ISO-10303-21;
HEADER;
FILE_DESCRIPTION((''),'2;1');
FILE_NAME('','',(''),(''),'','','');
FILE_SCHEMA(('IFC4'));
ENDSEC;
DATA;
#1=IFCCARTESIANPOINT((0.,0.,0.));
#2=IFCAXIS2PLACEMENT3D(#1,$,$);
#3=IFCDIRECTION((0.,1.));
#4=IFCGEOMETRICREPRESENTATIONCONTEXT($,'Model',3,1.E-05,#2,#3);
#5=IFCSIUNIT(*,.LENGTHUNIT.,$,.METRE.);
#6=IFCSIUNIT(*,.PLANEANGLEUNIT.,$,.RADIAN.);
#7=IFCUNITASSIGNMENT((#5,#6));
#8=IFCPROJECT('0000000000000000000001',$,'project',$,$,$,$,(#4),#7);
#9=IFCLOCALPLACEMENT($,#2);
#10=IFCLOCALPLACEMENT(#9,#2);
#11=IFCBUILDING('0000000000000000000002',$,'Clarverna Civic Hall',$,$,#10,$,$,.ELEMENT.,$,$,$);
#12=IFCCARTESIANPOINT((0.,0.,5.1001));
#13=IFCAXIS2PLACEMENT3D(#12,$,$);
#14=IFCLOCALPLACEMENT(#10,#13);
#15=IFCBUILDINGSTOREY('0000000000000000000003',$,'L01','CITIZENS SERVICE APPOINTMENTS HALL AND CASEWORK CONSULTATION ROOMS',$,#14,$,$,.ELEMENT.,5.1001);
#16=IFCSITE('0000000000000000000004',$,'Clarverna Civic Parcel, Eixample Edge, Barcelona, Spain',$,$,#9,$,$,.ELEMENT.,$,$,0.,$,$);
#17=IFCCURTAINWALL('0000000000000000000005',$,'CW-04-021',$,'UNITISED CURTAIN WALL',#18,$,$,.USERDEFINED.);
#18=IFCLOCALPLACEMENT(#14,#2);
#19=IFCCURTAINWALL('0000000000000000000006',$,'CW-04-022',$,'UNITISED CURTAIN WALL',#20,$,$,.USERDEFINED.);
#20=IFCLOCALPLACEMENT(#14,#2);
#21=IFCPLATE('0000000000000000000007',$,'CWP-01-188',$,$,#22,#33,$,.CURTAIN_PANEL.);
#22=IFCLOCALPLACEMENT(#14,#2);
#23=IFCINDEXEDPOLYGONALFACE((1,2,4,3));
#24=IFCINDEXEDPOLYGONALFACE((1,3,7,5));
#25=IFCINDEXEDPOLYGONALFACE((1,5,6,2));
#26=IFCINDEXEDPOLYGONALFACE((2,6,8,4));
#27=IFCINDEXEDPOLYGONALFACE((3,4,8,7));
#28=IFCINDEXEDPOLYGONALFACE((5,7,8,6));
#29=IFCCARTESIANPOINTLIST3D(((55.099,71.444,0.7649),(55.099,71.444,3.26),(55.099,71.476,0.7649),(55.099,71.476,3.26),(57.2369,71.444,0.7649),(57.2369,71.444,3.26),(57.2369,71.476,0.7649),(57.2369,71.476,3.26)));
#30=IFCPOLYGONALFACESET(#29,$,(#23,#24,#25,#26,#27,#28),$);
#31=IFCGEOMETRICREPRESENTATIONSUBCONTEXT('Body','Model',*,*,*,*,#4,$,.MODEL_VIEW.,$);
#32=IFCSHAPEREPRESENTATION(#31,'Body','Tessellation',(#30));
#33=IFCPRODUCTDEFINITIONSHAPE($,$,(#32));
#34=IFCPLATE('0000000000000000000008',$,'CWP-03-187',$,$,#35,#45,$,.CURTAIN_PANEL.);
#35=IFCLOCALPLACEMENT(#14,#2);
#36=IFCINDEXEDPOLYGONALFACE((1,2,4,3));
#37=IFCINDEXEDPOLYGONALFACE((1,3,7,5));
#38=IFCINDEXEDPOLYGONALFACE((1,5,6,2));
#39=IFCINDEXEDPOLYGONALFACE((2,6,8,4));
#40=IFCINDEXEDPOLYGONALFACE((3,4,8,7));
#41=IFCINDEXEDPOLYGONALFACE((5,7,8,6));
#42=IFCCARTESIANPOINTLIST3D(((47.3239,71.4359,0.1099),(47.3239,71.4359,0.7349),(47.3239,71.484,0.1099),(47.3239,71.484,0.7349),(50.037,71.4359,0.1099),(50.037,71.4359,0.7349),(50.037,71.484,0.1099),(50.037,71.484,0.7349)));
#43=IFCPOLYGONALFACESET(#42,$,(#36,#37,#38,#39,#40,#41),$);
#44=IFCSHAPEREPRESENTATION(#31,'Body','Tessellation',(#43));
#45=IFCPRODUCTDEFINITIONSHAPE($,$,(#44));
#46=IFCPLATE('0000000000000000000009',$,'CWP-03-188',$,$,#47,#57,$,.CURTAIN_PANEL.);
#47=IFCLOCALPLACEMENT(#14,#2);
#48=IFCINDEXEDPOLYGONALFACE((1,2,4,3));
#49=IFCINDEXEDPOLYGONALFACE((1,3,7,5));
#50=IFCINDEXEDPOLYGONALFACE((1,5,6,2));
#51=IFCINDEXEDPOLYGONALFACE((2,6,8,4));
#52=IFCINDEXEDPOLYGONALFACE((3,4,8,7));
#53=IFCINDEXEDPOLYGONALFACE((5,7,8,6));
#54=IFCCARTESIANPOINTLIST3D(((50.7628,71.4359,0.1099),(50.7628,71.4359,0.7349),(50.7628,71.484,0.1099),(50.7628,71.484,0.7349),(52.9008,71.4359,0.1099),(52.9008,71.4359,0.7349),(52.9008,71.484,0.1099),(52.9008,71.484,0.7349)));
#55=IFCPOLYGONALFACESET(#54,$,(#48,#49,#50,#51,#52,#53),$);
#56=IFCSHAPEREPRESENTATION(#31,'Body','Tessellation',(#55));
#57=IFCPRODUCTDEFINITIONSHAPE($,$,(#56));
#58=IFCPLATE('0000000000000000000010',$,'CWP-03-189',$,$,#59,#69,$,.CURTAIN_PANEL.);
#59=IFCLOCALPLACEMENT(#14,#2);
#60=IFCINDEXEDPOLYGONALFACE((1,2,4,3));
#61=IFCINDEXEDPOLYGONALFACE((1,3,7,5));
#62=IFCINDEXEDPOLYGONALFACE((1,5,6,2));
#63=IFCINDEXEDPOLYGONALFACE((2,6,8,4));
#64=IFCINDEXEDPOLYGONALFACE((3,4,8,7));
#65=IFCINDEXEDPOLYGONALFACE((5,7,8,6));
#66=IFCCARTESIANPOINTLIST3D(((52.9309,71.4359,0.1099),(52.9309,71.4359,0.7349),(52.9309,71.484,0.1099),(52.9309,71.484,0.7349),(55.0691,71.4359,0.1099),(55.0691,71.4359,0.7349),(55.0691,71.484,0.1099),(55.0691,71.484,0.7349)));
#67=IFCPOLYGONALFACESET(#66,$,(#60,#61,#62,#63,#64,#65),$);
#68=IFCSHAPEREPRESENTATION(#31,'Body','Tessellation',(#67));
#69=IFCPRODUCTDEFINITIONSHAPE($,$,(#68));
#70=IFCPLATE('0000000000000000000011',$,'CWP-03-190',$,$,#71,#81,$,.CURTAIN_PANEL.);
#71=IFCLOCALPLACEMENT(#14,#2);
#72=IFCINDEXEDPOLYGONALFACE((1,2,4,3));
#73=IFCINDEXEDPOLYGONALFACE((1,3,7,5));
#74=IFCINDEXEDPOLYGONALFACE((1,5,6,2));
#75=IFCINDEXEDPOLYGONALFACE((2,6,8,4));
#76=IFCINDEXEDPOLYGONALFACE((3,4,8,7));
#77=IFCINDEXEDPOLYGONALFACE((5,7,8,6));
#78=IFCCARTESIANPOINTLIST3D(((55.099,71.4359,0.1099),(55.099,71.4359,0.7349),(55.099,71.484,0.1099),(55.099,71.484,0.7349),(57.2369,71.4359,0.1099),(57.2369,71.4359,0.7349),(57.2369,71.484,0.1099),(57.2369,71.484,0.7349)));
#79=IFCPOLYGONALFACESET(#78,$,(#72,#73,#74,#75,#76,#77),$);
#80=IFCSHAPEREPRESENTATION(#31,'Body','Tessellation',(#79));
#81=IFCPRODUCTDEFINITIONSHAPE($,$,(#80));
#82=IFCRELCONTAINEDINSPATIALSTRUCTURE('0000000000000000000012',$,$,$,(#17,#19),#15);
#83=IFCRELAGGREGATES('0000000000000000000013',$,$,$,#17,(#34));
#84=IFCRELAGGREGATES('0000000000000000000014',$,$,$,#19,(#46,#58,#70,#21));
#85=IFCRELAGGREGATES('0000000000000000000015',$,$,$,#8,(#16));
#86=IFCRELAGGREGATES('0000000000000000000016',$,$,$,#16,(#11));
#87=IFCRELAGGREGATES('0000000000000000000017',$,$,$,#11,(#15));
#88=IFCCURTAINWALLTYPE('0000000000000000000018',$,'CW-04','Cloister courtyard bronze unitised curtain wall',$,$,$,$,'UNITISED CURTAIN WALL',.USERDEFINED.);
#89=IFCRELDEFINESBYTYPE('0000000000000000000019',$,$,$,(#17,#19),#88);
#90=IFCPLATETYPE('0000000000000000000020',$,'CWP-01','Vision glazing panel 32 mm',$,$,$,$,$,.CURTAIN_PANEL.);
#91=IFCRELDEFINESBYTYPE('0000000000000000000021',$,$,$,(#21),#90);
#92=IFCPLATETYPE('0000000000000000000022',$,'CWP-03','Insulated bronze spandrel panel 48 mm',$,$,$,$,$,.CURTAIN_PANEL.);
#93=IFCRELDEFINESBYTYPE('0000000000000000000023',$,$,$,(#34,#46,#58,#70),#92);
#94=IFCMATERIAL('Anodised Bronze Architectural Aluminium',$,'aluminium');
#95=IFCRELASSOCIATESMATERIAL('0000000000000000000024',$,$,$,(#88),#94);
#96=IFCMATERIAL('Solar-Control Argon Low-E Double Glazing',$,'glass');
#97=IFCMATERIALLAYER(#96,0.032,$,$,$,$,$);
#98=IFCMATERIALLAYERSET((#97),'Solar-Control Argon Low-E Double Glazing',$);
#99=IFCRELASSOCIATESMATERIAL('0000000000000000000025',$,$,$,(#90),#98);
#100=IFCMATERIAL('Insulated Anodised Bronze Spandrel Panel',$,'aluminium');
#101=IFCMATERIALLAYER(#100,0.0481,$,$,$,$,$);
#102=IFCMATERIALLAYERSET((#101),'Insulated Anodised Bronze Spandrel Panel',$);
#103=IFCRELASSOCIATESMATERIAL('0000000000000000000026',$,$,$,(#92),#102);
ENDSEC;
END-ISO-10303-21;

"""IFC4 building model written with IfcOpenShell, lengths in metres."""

from ifc_helpers import new_model, si_unit, direction, frame, frame_2d, origin, place, context, subcontext, project, spatial, rectangle, extrude, material, layer, layer_set, type_object, element, aggregate, save


model = new_model("IFC4")

# Units and contexts
model_context = context("Model", 3, precision=1e-05, world=origin(), true_north=direction((0.0, 1.0)))
body_context = subcontext(model_context, "Body", "Model", "MODEL_VIEW")
ifc_project = project(units=[si_unit("LENGTHUNIT", "METRE"), si_unit("PLANEANGLEUNIT", "RADIAN")], contexts=[model_context])

# Site, building, storey
site_placement = place(None, origin())
site = spatial("IfcSite", under=ifc_project, at=site_placement, Name="Clarverna Civic Parcel, Eixample Edge, Barcelona, Spain", CompositionType="ELEMENT", RefElevation=0.0)
building_placement = place(site_placement, origin())
building = spatial("IfcBuilding", under=site, at=building_placement, Name="Clarverna Civic Hall", CompositionType="ELEMENT")
storey_placement = place(building_placement, frame((0.0, 0.0, 5.1001)))
storey = spatial("IfcBuildingStorey", under=building, at=storey_placement, Name="L01", Description="CITIZENS SERVICE APPOINTMENTS HALL AND CASEWORK CONSULTATION ROOMS", CompositionType="ELEMENT", Elevation=5.1001)

# Shared definitions
ifc_material_1 = material(Name="Anodised Bronze Architectural Aluminium", Category="aluminium")
curtain_wall_type = type_object("IfcCurtainWallType", Name="CW-04", Description="Cloister courtyard bronze unitised curtain wall", ElementType="UNITISED CURTAIN WALL", PredefinedType="USERDEFINED", material=ifc_material_1)

# Curtain walls
curtain_wall_1_placement = place(storey_placement, origin())
curtain_wall_1 = element("IfcCurtainWall", 1, at=curtain_wall_1_placement, inside=storey, type_object=curtain_wall_type, Name="CW-04-021", ObjectType="UNITISED CURTAIN WALL", PredefinedType="USERDEFINED")
curtain_wall_2_placement = place(storey_placement, origin())
curtain_wall_2 = element("IfcCurtainWall", 2, at=curtain_wall_2_placement, inside=storey, type_object=curtain_wall_type, Name="CW-04-022", ObjectType="UNITISED CURTAIN WALL", PredefinedType="USERDEFINED")

# Plates
ifc_material_2 = material(Name="Solar-Control Argon Low-E Double Glazing", Category="glass")
ifc_layer_1 = layer(ifc_material_2, 0.032)
ifc_layer_set_1 = layer_set([ifc_layer_1], Name="Solar-Control Argon Low-E Double Glazing")
plate_type_1 = type_object("IfcPlateType", Name="CWP-01", Description="Vision glazing panel 32 mm", PredefinedType="CURTAIN_PANEL", material=ifc_layer_set_1)
plate_1_placement = place(storey_placement, frame((55.0991, 71.46, 0.7649), z_axis=(0.0, 0.0, 1.0), x_axis=(1.0, 0.0, 0.0)))
plate_1 = element("IfcPlate", 3, at=plate_1_placement, type_object=plate_type_1, Name="CWP-01-188", PredefinedType="CURTAIN_PANEL", context=body_context, shape_type="SweptSolid", body=[
    extrude(rectangle(XDim=2.1379, YDim=0.032, at=frame_2d((1.0688, 0.0))), origin(), (0.0, 0.0, 1.0), 2.4951),
])
ifc_material_3 = material(Name="Insulated Anodised Bronze Spandrel Panel", Category="aluminium")
ifc_layer_2 = layer(ifc_material_3, 0.0481)
ifc_layer_set_2 = layer_set([ifc_layer_2], Name="Insulated Anodised Bronze Spandrel Panel")
plate_type_2 = type_object("IfcPlateType", Name="CWP-03", Description="Insulated bronze spandrel panel 48 mm", PredefinedType="CURTAIN_PANEL", material=ifc_layer_set_2)
plate_2_placement = place(storey_placement, frame((47.324, 71.46, 0.1099), z_axis=(0.0, 0.0, 1.0), x_axis=(1.0, 0.0, 0.0)))
plate_2 = element("IfcPlate", 4, at=plate_2_placement, type_object=plate_type_2, Name="CWP-03-187", PredefinedType="CURTAIN_PANEL", context=body_context, shape_type="SweptSolid", body=[
    extrude(rectangle(XDim=2.7131, YDim=0.0481, at=frame_2d((1.3564, 0.0))), origin(), (0.0, 0.0, 1.0), 0.625),
])
aggregate(curtain_wall_1, [plate_2])
plate_3_placement = place(storey_placement, frame((50.7629, 71.46, 0.1099), z_axis=(0.0, 0.0, 1.0), x_axis=(1.0, 0.0, 0.0)))
plate_3 = element("IfcPlate", 5, at=plate_3_placement, type_object=plate_type_2, Name="CWP-03-188", PredefinedType="CURTAIN_PANEL", context=body_context, shape_type="SweptSolid", body=[
    extrude(rectangle(XDim=2.1379, YDim=0.0481, at=frame_2d((1.0688, 0.0))), origin(), (0.0, 0.0, 1.0), 0.625),
])
plate_4_placement = place(storey_placement, frame((52.9309, 71.46, 0.1099), z_axis=(0.0, 0.0, 1.0), x_axis=(1.0, 0.0, 0.0)))
plate_4 = element("IfcPlate", 6, at=plate_4_placement, type_object=plate_type_2, Name="CWP-03-189", PredefinedType="CURTAIN_PANEL", context=body_context, shape_type="SweptSolid", body=[
    extrude(rectangle(XDim=2.1382, YDim=0.0481, at=frame_2d((1.0691, 0.0))), origin(), (0.0, 0.0, 1.0), 0.625),
])
plate_5_placement = place(storey_placement, frame((55.0991, 71.46, 0.1099), z_axis=(0.0, 0.0, 1.0), x_axis=(1.0, 0.0, 0.0)))
plate_5 = element("IfcPlate", 7, at=plate_5_placement, type_object=plate_type_2, Name="CWP-03-190", PredefinedType="CURTAIN_PANEL", context=body_context, shape_type="SweptSolid", body=[
    extrude(rectangle(XDim=2.1379, YDim=0.0481, at=frame_2d((1.0688, 0.0))), origin(), (0.0, 0.0, 1.0), 0.625),
])
aggregate(curtain_wall_2, [plate_3, plate_4, plate_5, plate_1])

save(model, "model.ifc")
